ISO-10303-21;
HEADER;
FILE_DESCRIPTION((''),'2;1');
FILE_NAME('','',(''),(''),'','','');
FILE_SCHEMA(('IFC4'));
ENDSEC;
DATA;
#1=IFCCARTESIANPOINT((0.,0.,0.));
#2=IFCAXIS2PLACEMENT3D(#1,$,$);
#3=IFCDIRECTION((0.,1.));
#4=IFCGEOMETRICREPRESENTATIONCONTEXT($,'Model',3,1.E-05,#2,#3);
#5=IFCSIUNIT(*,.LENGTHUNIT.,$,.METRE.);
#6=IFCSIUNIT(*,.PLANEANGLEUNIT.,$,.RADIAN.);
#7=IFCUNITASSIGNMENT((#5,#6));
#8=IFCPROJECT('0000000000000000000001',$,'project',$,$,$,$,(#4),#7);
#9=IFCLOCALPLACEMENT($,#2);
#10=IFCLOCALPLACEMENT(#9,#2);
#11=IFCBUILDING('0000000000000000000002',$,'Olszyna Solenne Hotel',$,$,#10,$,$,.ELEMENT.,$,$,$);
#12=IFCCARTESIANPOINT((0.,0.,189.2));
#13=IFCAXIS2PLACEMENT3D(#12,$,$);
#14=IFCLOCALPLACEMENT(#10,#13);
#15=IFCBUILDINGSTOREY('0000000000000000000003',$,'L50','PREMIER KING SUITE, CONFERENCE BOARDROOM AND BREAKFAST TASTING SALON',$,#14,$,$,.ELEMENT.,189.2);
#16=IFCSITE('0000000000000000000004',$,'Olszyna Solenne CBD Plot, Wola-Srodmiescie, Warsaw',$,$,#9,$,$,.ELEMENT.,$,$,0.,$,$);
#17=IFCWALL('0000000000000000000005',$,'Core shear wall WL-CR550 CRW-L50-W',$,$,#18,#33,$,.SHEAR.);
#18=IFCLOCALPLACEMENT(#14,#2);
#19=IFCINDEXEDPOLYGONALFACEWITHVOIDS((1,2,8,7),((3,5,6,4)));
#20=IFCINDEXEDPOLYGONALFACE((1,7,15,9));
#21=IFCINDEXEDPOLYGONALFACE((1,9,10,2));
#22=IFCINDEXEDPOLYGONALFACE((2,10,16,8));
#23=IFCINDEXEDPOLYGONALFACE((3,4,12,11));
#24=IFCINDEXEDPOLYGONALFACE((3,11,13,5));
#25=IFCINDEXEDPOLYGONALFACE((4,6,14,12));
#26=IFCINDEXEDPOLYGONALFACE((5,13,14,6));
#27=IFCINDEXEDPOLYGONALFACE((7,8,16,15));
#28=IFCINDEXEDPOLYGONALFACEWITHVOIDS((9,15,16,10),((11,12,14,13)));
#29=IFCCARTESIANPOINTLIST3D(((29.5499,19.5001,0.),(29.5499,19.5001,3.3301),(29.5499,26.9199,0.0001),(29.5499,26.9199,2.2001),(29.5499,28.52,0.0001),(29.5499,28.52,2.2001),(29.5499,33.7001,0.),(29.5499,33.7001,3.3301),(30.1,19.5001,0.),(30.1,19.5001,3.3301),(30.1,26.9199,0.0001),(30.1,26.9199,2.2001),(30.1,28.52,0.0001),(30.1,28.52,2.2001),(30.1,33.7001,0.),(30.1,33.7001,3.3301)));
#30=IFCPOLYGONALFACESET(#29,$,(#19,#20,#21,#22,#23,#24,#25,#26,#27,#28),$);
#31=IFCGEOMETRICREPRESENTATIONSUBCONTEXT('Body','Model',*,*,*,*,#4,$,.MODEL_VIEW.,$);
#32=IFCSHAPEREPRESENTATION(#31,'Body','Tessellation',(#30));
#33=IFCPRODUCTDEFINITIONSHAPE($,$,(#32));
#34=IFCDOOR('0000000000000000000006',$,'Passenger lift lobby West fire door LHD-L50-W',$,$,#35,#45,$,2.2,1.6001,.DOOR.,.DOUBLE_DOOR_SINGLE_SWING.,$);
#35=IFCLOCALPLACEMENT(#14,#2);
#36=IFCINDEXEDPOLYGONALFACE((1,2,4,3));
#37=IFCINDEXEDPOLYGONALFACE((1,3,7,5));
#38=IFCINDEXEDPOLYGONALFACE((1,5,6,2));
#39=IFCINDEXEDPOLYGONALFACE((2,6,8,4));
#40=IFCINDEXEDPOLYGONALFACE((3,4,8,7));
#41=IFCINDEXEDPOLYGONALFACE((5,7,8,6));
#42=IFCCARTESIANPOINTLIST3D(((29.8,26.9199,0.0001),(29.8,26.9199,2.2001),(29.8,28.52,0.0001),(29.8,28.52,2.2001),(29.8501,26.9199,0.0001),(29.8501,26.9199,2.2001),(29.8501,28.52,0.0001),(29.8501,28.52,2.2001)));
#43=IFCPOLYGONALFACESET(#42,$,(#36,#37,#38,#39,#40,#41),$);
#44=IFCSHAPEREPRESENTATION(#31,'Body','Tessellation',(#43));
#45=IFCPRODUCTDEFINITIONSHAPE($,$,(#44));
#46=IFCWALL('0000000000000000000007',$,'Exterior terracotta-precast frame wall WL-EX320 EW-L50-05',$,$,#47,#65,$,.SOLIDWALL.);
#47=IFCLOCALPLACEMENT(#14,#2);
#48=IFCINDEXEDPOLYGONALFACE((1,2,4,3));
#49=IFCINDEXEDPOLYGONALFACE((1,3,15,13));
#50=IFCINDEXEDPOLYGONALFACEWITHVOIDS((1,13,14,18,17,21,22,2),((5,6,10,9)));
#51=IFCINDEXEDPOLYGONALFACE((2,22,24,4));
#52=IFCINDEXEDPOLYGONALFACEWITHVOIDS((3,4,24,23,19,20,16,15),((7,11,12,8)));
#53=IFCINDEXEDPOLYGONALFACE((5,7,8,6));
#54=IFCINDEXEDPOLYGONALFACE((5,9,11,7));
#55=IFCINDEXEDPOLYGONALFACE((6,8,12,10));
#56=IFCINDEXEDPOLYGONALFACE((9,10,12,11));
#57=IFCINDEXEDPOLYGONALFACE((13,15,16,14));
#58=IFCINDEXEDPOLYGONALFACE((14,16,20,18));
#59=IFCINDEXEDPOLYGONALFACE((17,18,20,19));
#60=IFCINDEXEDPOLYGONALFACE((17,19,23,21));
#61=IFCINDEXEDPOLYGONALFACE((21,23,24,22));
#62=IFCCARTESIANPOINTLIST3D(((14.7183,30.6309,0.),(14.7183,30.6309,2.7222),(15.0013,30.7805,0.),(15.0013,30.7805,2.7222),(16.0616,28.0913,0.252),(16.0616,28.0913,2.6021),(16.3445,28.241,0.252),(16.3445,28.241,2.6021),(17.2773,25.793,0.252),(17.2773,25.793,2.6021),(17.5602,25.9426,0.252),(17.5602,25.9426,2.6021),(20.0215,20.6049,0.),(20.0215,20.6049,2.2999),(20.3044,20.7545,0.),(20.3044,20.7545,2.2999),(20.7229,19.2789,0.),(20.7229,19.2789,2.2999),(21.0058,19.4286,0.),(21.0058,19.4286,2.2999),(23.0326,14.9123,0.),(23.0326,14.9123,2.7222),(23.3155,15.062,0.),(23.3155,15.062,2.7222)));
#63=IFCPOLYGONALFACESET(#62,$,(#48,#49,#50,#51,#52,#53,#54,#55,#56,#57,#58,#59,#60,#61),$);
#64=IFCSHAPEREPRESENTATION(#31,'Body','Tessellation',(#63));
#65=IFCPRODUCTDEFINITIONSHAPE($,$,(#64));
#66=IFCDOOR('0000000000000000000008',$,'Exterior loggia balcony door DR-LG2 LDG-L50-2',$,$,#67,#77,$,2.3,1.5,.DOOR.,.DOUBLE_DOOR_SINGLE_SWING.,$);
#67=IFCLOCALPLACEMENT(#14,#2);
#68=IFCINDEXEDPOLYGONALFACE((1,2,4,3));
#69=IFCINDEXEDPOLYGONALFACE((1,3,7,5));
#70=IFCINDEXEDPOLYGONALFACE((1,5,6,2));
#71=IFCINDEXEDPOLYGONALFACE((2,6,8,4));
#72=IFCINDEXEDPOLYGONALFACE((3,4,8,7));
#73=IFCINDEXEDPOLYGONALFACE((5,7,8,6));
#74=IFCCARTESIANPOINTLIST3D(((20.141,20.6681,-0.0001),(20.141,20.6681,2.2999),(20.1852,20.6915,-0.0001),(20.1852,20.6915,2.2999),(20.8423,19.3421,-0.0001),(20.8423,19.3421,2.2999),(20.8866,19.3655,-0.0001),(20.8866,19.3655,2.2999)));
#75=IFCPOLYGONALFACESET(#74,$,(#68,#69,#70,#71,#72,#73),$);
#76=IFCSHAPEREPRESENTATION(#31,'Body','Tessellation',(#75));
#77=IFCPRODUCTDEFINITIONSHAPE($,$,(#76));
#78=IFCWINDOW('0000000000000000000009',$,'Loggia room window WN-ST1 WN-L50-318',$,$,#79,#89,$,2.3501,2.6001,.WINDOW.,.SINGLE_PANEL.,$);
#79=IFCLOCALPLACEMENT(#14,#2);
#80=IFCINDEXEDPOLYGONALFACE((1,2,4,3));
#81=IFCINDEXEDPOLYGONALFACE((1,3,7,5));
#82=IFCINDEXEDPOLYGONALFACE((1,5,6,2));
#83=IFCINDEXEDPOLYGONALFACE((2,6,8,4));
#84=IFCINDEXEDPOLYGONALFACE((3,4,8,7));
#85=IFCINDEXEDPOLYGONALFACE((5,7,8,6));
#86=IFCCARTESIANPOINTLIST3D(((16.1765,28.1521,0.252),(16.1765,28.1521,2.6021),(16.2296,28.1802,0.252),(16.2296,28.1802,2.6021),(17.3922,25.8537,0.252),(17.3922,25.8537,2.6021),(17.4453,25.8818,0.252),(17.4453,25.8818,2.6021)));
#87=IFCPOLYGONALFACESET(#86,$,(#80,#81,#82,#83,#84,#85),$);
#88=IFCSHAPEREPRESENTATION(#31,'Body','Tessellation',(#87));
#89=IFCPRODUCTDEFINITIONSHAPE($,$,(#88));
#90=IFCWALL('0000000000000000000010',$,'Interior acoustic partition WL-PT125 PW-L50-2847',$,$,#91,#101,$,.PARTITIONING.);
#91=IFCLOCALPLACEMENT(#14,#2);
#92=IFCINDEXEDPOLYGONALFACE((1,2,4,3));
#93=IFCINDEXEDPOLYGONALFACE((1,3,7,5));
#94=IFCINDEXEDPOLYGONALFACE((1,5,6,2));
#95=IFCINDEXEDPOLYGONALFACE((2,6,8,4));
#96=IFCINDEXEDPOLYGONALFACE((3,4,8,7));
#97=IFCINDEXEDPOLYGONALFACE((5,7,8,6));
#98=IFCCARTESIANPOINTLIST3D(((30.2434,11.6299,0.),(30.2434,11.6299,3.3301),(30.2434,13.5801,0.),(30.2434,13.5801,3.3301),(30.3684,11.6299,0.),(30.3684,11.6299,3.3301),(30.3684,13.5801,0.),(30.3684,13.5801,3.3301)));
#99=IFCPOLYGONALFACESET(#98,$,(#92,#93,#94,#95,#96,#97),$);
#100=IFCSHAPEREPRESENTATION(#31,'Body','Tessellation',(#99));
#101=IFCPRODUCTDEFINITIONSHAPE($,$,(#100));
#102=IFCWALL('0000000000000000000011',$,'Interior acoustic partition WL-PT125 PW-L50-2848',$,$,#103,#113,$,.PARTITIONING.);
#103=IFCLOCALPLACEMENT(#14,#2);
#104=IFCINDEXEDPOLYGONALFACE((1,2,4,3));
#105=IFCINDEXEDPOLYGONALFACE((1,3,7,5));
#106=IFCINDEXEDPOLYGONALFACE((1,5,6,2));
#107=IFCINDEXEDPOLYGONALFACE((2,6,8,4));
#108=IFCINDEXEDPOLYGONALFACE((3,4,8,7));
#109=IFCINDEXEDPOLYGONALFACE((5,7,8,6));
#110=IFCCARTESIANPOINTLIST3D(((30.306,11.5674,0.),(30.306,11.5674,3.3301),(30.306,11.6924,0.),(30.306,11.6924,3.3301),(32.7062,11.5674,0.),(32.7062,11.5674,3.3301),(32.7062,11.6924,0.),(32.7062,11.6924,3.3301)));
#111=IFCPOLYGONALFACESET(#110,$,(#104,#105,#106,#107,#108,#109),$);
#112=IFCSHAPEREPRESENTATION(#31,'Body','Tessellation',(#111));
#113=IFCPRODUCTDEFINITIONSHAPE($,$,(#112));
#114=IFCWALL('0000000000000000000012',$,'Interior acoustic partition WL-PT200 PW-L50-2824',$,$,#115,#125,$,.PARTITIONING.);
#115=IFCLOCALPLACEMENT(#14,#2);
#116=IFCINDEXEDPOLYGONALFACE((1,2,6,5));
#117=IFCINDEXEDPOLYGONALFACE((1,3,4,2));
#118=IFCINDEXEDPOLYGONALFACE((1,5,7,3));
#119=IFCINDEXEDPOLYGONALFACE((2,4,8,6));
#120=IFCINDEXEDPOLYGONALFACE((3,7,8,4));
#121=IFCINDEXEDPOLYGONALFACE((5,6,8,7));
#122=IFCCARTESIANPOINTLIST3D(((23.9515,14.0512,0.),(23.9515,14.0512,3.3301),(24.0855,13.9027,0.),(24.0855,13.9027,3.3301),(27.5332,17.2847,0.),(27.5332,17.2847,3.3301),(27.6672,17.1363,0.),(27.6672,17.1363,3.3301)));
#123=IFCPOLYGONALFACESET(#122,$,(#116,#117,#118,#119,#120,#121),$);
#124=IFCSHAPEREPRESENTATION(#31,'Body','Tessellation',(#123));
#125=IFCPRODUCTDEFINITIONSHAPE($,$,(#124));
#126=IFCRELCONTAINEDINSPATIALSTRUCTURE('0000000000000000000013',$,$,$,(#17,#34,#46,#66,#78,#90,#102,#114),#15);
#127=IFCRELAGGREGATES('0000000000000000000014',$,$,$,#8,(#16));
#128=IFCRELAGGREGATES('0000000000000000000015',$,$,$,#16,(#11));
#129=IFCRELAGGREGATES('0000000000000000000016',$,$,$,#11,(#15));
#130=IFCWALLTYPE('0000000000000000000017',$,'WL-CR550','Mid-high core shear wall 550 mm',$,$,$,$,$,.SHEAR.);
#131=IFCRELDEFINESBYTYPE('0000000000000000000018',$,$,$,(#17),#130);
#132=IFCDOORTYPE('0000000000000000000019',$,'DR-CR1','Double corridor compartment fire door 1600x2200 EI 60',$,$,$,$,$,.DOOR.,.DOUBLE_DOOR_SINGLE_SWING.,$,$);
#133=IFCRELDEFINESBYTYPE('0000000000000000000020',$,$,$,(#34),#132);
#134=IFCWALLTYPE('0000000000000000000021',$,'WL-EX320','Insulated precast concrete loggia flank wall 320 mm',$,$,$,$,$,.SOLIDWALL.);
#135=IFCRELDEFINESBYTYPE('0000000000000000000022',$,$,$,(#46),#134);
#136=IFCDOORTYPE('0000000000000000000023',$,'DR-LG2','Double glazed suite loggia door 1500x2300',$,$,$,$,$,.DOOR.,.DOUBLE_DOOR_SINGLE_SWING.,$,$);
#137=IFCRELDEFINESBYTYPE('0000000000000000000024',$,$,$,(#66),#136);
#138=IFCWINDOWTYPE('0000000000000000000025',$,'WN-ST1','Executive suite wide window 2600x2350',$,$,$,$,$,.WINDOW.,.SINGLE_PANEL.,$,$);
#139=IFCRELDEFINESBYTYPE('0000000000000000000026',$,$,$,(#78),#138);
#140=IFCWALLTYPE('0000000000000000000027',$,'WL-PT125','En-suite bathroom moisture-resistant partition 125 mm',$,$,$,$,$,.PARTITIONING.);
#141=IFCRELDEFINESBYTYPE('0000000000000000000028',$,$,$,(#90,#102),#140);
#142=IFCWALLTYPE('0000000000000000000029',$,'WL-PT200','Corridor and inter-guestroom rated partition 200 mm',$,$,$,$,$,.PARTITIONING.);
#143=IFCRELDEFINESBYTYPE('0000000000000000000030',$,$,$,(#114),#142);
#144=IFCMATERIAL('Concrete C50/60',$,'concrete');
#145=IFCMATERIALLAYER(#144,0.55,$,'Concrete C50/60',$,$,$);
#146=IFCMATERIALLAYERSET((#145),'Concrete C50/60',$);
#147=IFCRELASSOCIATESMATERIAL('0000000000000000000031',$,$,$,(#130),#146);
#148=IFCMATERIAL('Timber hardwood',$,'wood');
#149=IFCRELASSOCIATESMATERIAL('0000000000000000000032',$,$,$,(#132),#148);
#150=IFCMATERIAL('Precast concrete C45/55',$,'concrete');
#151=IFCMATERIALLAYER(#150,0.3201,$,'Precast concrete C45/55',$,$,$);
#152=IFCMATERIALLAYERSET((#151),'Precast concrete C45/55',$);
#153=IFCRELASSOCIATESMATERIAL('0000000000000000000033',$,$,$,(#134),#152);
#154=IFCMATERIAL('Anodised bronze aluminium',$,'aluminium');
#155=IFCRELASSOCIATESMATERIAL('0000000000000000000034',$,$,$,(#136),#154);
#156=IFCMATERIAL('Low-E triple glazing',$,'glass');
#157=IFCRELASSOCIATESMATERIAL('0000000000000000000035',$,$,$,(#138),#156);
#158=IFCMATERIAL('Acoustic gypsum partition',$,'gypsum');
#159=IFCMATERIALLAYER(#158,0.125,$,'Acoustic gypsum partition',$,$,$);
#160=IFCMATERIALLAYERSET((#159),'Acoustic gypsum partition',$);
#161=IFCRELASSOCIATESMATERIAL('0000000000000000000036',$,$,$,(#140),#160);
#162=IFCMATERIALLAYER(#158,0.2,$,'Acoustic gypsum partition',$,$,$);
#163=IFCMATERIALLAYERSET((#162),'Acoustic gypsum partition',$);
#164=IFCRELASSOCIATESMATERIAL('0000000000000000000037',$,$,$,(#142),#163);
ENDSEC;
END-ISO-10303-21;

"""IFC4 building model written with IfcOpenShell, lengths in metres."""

from ifc_helpers import new_model, si_unit, direction, frame, frame_2d, origin, place, context, subcontext, project, spatial, rectangle, extrude, source, transform, mapped, material, layer, layer_set, type_object, type_shapes, element, fill, save


model = new_model("IFC4")

# Units and contexts
model_context = context("Model", 3, precision=1e-05, world=origin(), true_north=direction((0.0, 1.0)))
body_context = subcontext(model_context, "Body", "Model", "MODEL_VIEW")
ifc_project = project(units=[si_unit("LENGTHUNIT", "METRE"), si_unit("PLANEANGLEUNIT", "RADIAN")], contexts=[model_context])

# Site, building, storey
site_placement = place(None, origin())
site = spatial("IfcSite", under=ifc_project, at=site_placement, Name="Olszyna Solenne CBD Plot, Wola-Srodmiescie, Warsaw", CompositionType="ELEMENT", RefElevation=0.0)
building_placement = place(site_placement, origin())
building = spatial("IfcBuilding", under=site, at=building_placement, Name="Olszyna Solenne Hotel", CompositionType="ELEMENT")
storey_placement = place(building_placement, frame((0.0, 0.0, 189.2)))
storey = spatial("IfcBuildingStorey", under=building, at=storey_placement, Name="L50", Description="PREMIER KING SUITE, CONFERENCE BOARDROOM AND BREAKFAST TASTING SALON", CompositionType="ELEMENT", Elevation=189.2)

# Shared definitions
ifc_material_1 = material(Name="Precast concrete C45/55", Category="concrete")
ifc_material_2 = material(Name="Concrete C50/60", Category="concrete")

# Wall, opening, door
ifc_layer_1 = layer(ifc_material_2, 0.55, Name="Concrete C50/60")
ifc_layer_set_1 = layer_set([ifc_layer_1], Name="Concrete C50/60")
wall_type_1 = type_object("IfcWallType", Name="WL-CR550", Description="Mid-high core shear wall 550 mm", PredefinedType="SHEAR", material=ifc_layer_set_1)
wall_1_placement = place(storey_placement, frame((29.825, 19.5, 0.0), z_axis=(0.0, 0.0, 1.0), x_axis=(0.0, 1.0, 0.0)))
wall_1 = element("IfcWall", 1, at=wall_1_placement, inside=storey, type_object=wall_type_1, Name="Core shear wall WL-CR550 CRW-L50-W", PredefinedType="SHEAR", context=body_context, shape_type="SweptSolid", body=[
    extrude(rectangle(XDim=14.2, YDim=0.55, at=frame_2d((7.1001, 0.0))), origin(), (0.0, 0.0, 1.0), 3.3301),
])
opening_1_placement = place(wall_1_placement, frame((7.4199, 0.0, 0.0)))
opening_1 = element("IfcOpeningElement", 2, at=opening_1_placement, cuts=wall_1, PredefinedType="OPENING", context=body_context, shape_type="SweptSolid", body=[
    extrude(rectangle(XDim=1.6001, YDim=2.2, at=frame_2d((0.8, 1.1001))), frame((0.0, 0.2852, 0.0), z_axis=(0.0, -1.0, 0.0), x_axis=(1.0, 0.0, 0.0)), (0.0, 0.0, 1.0), 0.5701),
])
ifc_material_3 = material(Name="Timber hardwood", Category="wood")
door_type_1 = type_object("IfcDoorType", Name="DR-CR1", Description="Double corridor compartment fire door 1600x2200 EI 60", OperationType="DOUBLE_DOOR_SINGLE_SWING", PredefinedType="DOOR", material=ifc_material_3)
shared_shape_1 = source(origin(), body_context, "Body", "SweptSolid", [
    extrude(rectangle(XDim=1.6001, YDim=2.2, at=frame_2d((0.8, 1.1001))), frame((0.0, 0.0249, 0.0), z_axis=(0.0, -1.0, 0.0), x_axis=(1.0, 0.0, 0.0)), (0.0, 0.0, 1.0), 0.05),
])
type_shapes(door_type_1, [shared_shape_1])
door_1_placement = place(opening_1_placement, origin())
door_1 = element("IfcDoor", 3, at=door_1_placement, inside=storey, type_object=door_type_1, Name="Passenger lift lobby West fire door LHD-L50-W", OperationType="DOUBLE_DOOR_SINGLE_SWING", OverallHeight=2.2, OverallWidth=1.6001, PredefinedType="DOOR", context=body_context, shape_type="MappedRepresentation", body=[
    mapped(shared_shape_1, transform((0.0, 0.0, 0.0), x_axis=(1.0, 0.0, 0.0), y_axis=(0.0, 1.0, 0.0), z_axis=(0.0, 0.0, 1.0), scale=1.0)),
])
fill(opening_1, door_1)

# Wall, openings, door, window
ifc_layer_2 = layer(ifc_material_1, 0.3201, Name="Precast concrete C45/55")
ifc_layer_set_2 = layer_set([ifc_layer_2], Name="Precast concrete C45/55")
wall_type_2 = type_object("IfcWallType", Name="WL-EX320", Description="Insulated precast concrete loggia flank wall 320 mm", PredefinedType="SOLIDWALL", material=ifc_layer_set_2)
wall_2_placement = place(storey_placement, frame((23.1741, 14.9871, 0.0), z_axis=(0.0, 0.0, 1.0), x_axis=(-0.467565, 0.883959, 0.0)))
wall_2 = element("IfcWall", 4, at=wall_2_placement, inside=storey, type_object=wall_type_2, Name="Exterior terracotta-precast frame wall WL-EX320 EW-L50-05", PredefinedType="SOLIDWALL", context=body_context, shape_type="SweptSolid", body=[
    extrude(rectangle(XDim=17.782, YDim=0.3201, at=frame_2d((8.8911, 0.0))), origin(), (0.0, 0.0, 1.0), 2.7222),
])
opening_2_placement = place(wall_2_placement, frame((4.9399, 0.0, 0.0)))
opening_2 = element("IfcOpeningElement", 5, at=opening_2_placement, cuts=wall_2, PredefinedType="OPENING", context=body_context, shape_type="SweptSolid", body=[
    extrude(rectangle(XDim=1.5, YDim=2.3, at=frame_2d((0.75, 1.1499))), frame((0.0, 0.1699, 0.0), z_axis=(0.0, -1.0, 0.0), x_axis=(1.0, 0.0, 0.0)), (0.0, 0.0, 1.0), 0.3401),
])
opening_3_placement = place(wall_2_placement, frame((12.3091, 0.0, 0.252)))
opening_3 = element("IfcOpeningElement", 6, at=opening_3_placement, cuts=wall_2, PredefinedType="OPENING", context=body_context, shape_type="SweptSolid", body=[
    extrude(rectangle(XDim=2.6001, YDim=2.3501, at=frame_2d((1.3, 1.175))), frame((0.0, 0.1699, 0.0), z_axis=(0.0, -1.0, 0.0), x_axis=(1.0, 0.0, 0.0)), (0.0, 0.0, 1.0), 0.3401),
])
ifc_material_4 = material(Name="Anodised bronze aluminium", Category="aluminium")
door_type_2 = type_object("IfcDoorType", Name="DR-LG2", Description="Double glazed suite loggia door 1500x2300", OperationType="DOUBLE_DOOR_SINGLE_SWING", PredefinedType="DOOR", material=ifc_material_4)
shared_shape_2 = source(origin(), body_context, "Body", "SweptSolid", [
    extrude(rectangle(XDim=1.5, YDim=2.3, at=frame_2d((0.75, 1.1499))), frame((0.0, 0.0249, 0.0), z_axis=(0.0, -1.0, 0.0), x_axis=(1.0, 0.0, 0.0)), (0.0, 0.0, 1.0), 0.05),
])
type_shapes(door_type_2, [shared_shape_2])
door_2_placement = place(opening_2_placement, origin())
door_2 = element("IfcDoor", 7, at=door_2_placement, inside=storey, type_object=door_type_2, Name="Exterior loggia balcony door DR-LG2 LDG-L50-2", OperationType="DOUBLE_DOOR_SINGLE_SWING", OverallHeight=2.3, OverallWidth=1.5, PredefinedType="DOOR", context=body_context, shape_type="MappedRepresentation", body=[
    mapped(shared_shape_2, transform((0.0, 0.0, 0.0), x_axis=(1.0, 0.0, 0.0), y_axis=(0.0, 1.0, 0.0), z_axis=(0.0, 0.0, 1.0), scale=1.0)),
])
fill(opening_2, door_2)
ifc_material_5 = material(Name="Low-E triple glazing", Category="glass")
window_type = type_object("IfcWindowType", Name="WN-ST1", Description="Executive suite wide window 2600x2350", PartitioningType="SINGLE_PANEL", PredefinedType="WINDOW", material=ifc_material_5)
shared_shape_3 = source(origin(), body_context, "Body", "SweptSolid", [
    extrude(rectangle(XDim=2.6001, YDim=2.3501, at=frame_2d((1.3, 1.175))), frame((0.0, 0.03, 0.0), z_axis=(0.0, -1.0, 0.0), x_axis=(1.0, 0.0, 0.0)), (0.0, 0.0, 1.0), 0.0601),
])
type_shapes(window_type, [shared_shape_3])
window_placement = place(opening_3_placement, origin())
window = element("IfcWindow", 8, at=window_placement, inside=storey, type_object=window_type, Name="Loggia room window WN-ST1 WN-L50-318", OverallHeight=2.3501, OverallWidth=2.6001, PartitioningType="SINGLE_PANEL", PredefinedType="WINDOW", context=body_context, shape_type="MappedRepresentation", body=[
    mapped(shared_shape_3, transform((0.0, 0.0, 0.0), x_axis=(1.0, 0.0, 0.0), y_axis=(0.0, 1.0, 0.0), z_axis=(0.0, 0.0, 1.0), scale=1.0)),
])
fill(opening_3, window)

# Walls
ifc_material_6 = material(Name="Acoustic gypsum partition", Category="gypsum")
ifc_layer_3 = layer(ifc_material_6, 0.125, Name="Acoustic gypsum partition")
ifc_layer_set_3 = layer_set([ifc_layer_3], Name="Acoustic gypsum partition")
wall_type_3 = type_object("IfcWallType", Name="WL-PT125", Description="En-suite bathroom moisture-resistant partition 125 mm", PredefinedType="PARTITIONING", material=ifc_layer_set_3)
wall_3_placement = place(storey_placement, frame((30.3059, 13.5801, 0.0), z_axis=(0.0, 0.0, 1.0), x_axis=(0.0, -1.0, 0.0)))
element("IfcWall", 9, at=wall_3_placement, inside=storey, type_object=wall_type_3, Name="Interior acoustic partition WL-PT125 PW-L50-2847", PredefinedType="PARTITIONING", context=body_context, shape_type="SweptSolid", body=[
    extrude(rectangle(XDim=1.9502, YDim=0.125, at=frame_2d((0.9751, 0.0))), origin(), (0.0, 0.0, 1.0), 3.3301),
])
wall_4_placement = place(storey_placement, frame((30.3059, 11.6299, 0.0), z_axis=(0.0, 0.0, 1.0), x_axis=(1.0, 0.0, 0.0)))
element("IfcWall", 10, at=wall_4_placement, inside=storey, type_object=wall_type_3, Name="Interior acoustic partition WL-PT125 PW-L50-2848", PredefinedType="PARTITIONING", context=body_context, shape_type="SweptSolid", body=[
    extrude(rectangle(XDim=2.4001, YDim=0.125, at=frame_2d((1.2002, 0.0))), origin(), (0.0, 0.0, 1.0), 3.3301),
])
ifc_layer_4 = layer(ifc_material_6, 0.2, Name="Acoustic gypsum partition")
ifc_layer_set_4 = layer_set([ifc_layer_4], Name="Acoustic gypsum partition")
wall_type_4 = type_object("IfcWallType", Name="WL-PT200", Description="Corridor and inter-guestroom rated partition 200 mm", PredefinedType="PARTITIONING", material=ifc_layer_set_4)
wall_5_placement = place(storey_placement, frame((27.6001, 17.2104, 0.0), z_axis=(0.0, 0.0, 1.0), x_axis=(-0.742259, -0.670113, 0.0)))
element("IfcWall", 11, at=wall_5_placement, inside=storey, type_object=wall_type_4, Name="Interior acoustic partition WL-PT200 PW-L50-2824", PredefinedType="PARTITIONING", context=body_context, shape_type="SweptSolid", body=[
    extrude(rectangle(XDim=4.8254, YDim=0.2, at=frame_2d((2.4126, 0.0))), origin(), (0.0, 0.0, 1.0), 3.3301),
])

save(model, "model.ifc")
